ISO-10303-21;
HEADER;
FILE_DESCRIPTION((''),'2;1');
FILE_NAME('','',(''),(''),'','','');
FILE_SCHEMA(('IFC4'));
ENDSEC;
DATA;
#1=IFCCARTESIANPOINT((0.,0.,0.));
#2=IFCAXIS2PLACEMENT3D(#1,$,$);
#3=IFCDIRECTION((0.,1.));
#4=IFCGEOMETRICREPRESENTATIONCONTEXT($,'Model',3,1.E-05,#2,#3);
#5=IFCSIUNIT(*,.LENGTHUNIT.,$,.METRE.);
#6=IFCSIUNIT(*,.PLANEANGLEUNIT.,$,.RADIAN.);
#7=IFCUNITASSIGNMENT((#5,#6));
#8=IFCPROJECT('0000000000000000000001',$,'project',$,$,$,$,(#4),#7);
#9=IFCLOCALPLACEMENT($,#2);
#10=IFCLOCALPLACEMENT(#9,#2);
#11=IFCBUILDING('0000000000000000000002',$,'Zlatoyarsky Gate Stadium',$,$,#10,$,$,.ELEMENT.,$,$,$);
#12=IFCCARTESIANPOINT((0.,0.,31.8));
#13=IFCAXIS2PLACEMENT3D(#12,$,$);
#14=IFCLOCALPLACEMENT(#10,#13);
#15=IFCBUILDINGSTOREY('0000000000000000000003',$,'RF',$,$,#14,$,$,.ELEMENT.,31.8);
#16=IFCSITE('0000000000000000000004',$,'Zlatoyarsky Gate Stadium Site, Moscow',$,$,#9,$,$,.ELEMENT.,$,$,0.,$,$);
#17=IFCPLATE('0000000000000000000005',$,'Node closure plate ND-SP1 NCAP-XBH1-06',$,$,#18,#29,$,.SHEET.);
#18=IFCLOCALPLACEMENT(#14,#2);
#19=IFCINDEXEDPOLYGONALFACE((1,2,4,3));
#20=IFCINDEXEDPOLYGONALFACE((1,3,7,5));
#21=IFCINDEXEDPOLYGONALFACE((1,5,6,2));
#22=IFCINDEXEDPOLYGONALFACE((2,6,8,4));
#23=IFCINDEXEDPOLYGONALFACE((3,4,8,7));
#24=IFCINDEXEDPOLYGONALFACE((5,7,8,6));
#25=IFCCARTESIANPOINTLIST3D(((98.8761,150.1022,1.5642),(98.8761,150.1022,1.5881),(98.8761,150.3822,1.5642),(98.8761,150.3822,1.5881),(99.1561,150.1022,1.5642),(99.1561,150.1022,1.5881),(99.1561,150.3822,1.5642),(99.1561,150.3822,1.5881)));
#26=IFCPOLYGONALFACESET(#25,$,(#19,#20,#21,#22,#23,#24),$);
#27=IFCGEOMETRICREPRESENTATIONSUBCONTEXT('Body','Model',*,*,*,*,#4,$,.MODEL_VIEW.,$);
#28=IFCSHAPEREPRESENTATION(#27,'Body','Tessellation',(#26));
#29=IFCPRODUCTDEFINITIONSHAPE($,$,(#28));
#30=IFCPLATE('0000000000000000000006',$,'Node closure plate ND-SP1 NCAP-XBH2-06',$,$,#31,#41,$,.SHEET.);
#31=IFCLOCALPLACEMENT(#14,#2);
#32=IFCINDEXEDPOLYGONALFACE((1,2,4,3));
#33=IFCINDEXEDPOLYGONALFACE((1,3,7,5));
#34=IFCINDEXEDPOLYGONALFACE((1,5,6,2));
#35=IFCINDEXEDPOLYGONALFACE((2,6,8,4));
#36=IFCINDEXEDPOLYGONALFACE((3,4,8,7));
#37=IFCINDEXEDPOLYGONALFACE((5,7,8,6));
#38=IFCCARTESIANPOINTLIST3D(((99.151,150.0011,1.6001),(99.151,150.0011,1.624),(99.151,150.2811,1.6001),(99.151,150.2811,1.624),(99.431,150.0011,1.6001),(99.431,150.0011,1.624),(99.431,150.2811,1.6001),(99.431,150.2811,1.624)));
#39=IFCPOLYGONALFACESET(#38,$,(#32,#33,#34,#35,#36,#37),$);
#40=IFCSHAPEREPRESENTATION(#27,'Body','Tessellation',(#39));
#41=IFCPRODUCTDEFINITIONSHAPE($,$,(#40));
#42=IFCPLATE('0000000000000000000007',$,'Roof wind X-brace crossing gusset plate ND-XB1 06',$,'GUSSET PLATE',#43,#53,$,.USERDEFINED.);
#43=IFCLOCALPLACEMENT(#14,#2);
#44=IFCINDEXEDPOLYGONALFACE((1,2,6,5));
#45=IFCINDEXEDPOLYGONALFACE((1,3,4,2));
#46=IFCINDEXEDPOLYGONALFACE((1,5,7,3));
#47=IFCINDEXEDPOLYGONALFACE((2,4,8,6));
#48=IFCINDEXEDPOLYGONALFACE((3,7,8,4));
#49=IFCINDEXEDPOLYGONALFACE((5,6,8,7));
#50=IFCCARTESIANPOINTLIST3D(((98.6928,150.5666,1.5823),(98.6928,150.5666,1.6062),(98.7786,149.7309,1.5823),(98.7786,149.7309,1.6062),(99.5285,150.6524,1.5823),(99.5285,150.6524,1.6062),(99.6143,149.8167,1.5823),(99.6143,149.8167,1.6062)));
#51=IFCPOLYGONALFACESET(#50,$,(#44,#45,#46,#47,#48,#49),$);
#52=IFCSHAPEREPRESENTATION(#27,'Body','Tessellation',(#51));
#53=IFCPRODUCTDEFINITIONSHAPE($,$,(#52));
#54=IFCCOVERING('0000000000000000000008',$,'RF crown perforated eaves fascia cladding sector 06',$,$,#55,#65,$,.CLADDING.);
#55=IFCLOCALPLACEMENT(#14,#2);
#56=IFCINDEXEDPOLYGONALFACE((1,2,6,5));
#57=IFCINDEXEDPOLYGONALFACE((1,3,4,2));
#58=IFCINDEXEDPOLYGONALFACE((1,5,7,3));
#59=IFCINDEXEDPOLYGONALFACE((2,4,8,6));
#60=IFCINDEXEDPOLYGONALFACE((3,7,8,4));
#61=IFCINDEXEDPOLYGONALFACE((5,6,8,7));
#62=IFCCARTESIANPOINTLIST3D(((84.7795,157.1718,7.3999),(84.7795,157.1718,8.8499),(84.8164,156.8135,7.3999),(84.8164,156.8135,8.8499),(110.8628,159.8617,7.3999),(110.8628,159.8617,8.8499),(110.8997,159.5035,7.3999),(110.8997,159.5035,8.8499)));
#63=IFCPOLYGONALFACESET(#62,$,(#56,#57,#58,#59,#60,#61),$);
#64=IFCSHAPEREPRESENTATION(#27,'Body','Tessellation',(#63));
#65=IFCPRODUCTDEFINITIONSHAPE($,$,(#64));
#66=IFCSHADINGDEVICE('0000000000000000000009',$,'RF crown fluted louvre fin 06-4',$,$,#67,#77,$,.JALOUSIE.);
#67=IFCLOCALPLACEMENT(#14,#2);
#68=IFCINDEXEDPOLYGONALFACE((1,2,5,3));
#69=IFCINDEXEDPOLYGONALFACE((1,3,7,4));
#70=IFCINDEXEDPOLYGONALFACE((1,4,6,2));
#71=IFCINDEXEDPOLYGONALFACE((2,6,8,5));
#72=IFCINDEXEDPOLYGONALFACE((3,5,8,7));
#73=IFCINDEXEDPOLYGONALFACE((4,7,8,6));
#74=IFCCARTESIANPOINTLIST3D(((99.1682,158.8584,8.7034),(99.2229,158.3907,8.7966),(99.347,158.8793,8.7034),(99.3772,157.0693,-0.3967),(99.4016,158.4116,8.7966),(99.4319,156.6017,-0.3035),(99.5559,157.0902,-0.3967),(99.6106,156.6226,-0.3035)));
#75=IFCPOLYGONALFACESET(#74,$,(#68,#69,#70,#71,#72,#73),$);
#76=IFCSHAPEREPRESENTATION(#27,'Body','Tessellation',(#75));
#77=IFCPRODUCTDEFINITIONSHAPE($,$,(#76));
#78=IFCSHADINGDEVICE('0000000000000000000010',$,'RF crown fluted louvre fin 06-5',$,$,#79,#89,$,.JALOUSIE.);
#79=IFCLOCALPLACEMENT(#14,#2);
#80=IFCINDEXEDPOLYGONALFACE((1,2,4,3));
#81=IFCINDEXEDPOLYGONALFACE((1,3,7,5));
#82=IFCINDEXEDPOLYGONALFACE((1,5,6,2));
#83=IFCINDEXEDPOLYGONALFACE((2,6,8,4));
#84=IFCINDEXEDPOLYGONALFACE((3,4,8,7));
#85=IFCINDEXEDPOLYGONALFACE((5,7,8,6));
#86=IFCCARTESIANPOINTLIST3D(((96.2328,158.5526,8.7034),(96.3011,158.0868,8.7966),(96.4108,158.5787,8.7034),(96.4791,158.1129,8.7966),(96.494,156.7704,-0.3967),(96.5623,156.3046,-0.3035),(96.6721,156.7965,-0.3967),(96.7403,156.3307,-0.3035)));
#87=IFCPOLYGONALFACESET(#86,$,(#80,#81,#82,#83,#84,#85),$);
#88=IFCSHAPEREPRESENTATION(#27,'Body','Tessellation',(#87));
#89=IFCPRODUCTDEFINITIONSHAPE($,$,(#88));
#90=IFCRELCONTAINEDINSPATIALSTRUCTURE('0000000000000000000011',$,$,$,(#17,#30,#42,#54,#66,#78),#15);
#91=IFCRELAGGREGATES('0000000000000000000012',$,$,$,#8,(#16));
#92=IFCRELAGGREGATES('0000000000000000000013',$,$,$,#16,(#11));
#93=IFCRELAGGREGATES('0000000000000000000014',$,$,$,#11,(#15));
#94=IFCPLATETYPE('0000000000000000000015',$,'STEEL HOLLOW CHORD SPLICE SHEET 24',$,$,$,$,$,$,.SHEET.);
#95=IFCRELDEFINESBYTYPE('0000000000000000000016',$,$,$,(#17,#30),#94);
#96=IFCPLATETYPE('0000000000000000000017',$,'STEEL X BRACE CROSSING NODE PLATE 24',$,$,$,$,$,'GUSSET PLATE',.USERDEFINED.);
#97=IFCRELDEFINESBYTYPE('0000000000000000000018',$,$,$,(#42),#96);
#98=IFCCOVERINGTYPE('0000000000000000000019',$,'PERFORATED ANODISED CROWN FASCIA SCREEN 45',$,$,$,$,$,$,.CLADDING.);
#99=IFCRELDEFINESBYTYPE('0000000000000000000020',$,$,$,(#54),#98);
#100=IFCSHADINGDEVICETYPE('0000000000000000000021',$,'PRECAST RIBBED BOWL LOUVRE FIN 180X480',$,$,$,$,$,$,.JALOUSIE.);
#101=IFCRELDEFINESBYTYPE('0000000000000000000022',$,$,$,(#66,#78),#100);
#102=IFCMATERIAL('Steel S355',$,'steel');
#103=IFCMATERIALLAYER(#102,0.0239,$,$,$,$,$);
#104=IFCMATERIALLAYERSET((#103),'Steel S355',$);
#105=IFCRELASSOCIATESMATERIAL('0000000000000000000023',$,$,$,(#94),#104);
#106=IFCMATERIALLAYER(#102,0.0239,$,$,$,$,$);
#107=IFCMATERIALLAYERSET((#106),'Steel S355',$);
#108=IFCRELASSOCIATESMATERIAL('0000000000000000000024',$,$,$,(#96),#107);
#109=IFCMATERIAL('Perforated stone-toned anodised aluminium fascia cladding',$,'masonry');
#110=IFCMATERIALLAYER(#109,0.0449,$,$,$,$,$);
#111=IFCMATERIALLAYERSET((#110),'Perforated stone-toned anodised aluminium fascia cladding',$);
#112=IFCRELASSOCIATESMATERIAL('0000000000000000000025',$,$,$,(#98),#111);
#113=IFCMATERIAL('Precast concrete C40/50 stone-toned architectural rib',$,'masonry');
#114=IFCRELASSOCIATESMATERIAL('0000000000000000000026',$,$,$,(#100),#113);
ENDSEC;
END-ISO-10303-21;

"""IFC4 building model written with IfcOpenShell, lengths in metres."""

from ifc_helpers import new_model, si_unit, direction, frame, origin, origin_2d, place, context, subcontext, project, spatial, rectangle, extrude, material, layer, layer_set, material_profile, profile_set, type_object, element, save


model = new_model("IFC4")

# Units and contexts
model_context = context("Model", 3, precision=1e-05, world=origin(), true_north=direction((0.0, 1.0)))
body_context = subcontext(model_context, "Body", "Model", "MODEL_VIEW")
ifc_project = project(units=[si_unit("LENGTHUNIT", "METRE"), si_unit("PLANEANGLEUNIT", "RADIAN")], contexts=[model_context])

# Site, building, storey
site_placement = place(None, origin())
site = spatial("IfcSite", under=ifc_project, at=site_placement, Name="Zlatoyarsky Gate Stadium Site, Moscow", CompositionType="ELEMENT", RefElevation=0.0)
building_placement = place(site_placement, origin())
building = spatial("IfcBuilding", under=site, at=building_placement, Name="Zlatoyarsky Gate Stadium", CompositionType="ELEMENT")
storey_placement = place(building_placement, frame((0.0, 0.0, 31.8)))
storey = spatial("IfcBuildingStorey", under=building, at=storey_placement, Name="RF", CompositionType="ELEMENT", Elevation=31.8)

# Shared definitions
ifc_material_1 = material(Name="Steel S355", Category="steel")

# Plates
ifc_layer_1 = layer(ifc_material_1, 0.0239)
ifc_layer_set_1 = layer_set([ifc_layer_1], Name="Steel S355")
plate_type_1 = type_object("IfcPlateType", Name="STEEL HOLLOW CHORD SPLICE SHEET 24", PredefinedType="SHEET", material=ifc_layer_set_1)
for number, where, z_axis, x_axis, name in (
    (1, (99.0161, 150.2422, 1.5642), (0.0, 0.0, 1.0), (1.0, 0.0, 0.0), "Node closure plate ND-SP1 NCAP-XBH1-06"),
    (2, (99.291, 150.1411, 1.6001), (0.0, 0.0, 1.0), (1.0, 0.0, 0.0), "Node closure plate ND-SP1 NCAP-XBH2-06"),
):
    element("IfcPlate", number, at=place(storey_placement, frame(where, z_axis=z_axis, x_axis=x_axis)), inside=storey, type_object=plate_type_1, Name=name, PredefinedType="SHEET", context=body_context, shape_type="SweptSolid", body=[
        extrude(rectangle(XDim=0.28, YDim=0.28, at=origin_2d()), origin(), (0.0, 0.0, 1.0), 0.0239),
    ])
ifc_layer_2 = layer(ifc_material_1, 0.0239)
ifc_layer_set_2 = layer_set([ifc_layer_2], Name="Steel S355")
plate_type_2 = type_object("IfcPlateType", Name="STEEL X BRACE CROSSING NODE PLATE 24", ElementType="GUSSET PLATE", PredefinedType="USERDEFINED", material=ifc_layer_set_2)
plate_1_placement = place(storey_placement, frame((99.1536, 150.1917, 1.5823), z_axis=(0.0, 0.0, 1.0), x_axis=(-0.994774, -0.102098, 0.0)))
element("IfcPlate", 3, at=plate_1_placement, inside=storey, type_object=plate_type_2, Name="Roof wind X-brace crossing gusset plate ND-XB1 06", ObjectType="GUSSET PLATE", PredefinedType="USERDEFINED", context=body_context, shape_type="SweptSolid", body=[
    extrude(rectangle(XDim=0.8401, YDim=0.8401, at=origin_2d()), origin(), (0.0, 0.0, 1.0), 0.0239),
])

# Covering
ifc_material_2 = material(Name="Perforated stone-toned anodised aluminium fascia cladding", Category="masonry")
ifc_layer_3 = layer(ifc_material_2, 0.0449)
ifc_layer_set_3 = layer_set([ifc_layer_3], Name="Perforated stone-toned anodised aluminium fascia cladding")
covering_type = type_object("IfcCoveringType", Name="PERFORATED ANODISED CROWN FASCIA SCREEN 45", PredefinedType="CLADDING", material=ifc_layer_set_3)
covering_placement = place(storey_placement, frame((97.8396, 158.3376, 7.3999), z_axis=(0.0, 0.0, 1.0), x_axis=(-0.994724, -0.102587, 0.0)))
element("IfcCovering", 4, at=covering_placement, inside=storey, type_object=covering_type, Name="RF crown perforated eaves fascia cladding sector 06", PredefinedType="CLADDING", context=body_context, shape_type="SweptSolid", body=[
    extrude(rectangle(XDim=26.2217, YDim=0.3601, at=origin_2d()), origin(), (0.0, 0.0, 1.0), 1.45),
])

# Shading devices
ifc_material_3 = material(Name="Precast concrete C40/50 stone-toned architectural rib", Category="masonry")
ifc_material_profile_1 = material_profile(ifc_material_3, rectangle(XDim=0.1799, YDim=0.48, at=origin_2d()), Name="RIB 180X480")
ifc_profile_set_1 = profile_set([ifc_material_profile_1], Name="Precast concrete C40/50 stone-toned architectural rib")
shading_device_type = type_object("IfcShadingDeviceType", Name="PRECAST RIBBED BOWL LOUVRE FIN 180X480", PredefinedType="JALOUSIE", material=ifc_profile_set_1)
for number, where, z_axis, x_axis, name in (
    (5, (99.4939, 156.8459, -0.3501), (-0.022528, 0.192857, 0.980968), (-0.993246, -0.116023, 0.0), "RF crown fluted louvre fin 06-4"),
    (6, (96.6172, 156.5505, -0.3501), (-0.02816, 0.19212, 0.980967), (-0.989428, -0.145026, 0.0), "RF crown fluted louvre fin 06-5"),
):
    element("IfcShadingDevice", number, at=place(storey_placement, frame(where, z_axis=z_axis, x_axis=x_axis)), inside=storey, type_object=shading_device_type, Name=name, PredefinedType="JALOUSIE", context=body_context, shape_type="SweptSolid", body=[
        extrude(rectangle(XDim=0.1799, YDim=0.48, at=origin_2d()), origin(), (0.0, 0.0, 1.0), 9.2766),
    ])

save(model, "model.ifc")
